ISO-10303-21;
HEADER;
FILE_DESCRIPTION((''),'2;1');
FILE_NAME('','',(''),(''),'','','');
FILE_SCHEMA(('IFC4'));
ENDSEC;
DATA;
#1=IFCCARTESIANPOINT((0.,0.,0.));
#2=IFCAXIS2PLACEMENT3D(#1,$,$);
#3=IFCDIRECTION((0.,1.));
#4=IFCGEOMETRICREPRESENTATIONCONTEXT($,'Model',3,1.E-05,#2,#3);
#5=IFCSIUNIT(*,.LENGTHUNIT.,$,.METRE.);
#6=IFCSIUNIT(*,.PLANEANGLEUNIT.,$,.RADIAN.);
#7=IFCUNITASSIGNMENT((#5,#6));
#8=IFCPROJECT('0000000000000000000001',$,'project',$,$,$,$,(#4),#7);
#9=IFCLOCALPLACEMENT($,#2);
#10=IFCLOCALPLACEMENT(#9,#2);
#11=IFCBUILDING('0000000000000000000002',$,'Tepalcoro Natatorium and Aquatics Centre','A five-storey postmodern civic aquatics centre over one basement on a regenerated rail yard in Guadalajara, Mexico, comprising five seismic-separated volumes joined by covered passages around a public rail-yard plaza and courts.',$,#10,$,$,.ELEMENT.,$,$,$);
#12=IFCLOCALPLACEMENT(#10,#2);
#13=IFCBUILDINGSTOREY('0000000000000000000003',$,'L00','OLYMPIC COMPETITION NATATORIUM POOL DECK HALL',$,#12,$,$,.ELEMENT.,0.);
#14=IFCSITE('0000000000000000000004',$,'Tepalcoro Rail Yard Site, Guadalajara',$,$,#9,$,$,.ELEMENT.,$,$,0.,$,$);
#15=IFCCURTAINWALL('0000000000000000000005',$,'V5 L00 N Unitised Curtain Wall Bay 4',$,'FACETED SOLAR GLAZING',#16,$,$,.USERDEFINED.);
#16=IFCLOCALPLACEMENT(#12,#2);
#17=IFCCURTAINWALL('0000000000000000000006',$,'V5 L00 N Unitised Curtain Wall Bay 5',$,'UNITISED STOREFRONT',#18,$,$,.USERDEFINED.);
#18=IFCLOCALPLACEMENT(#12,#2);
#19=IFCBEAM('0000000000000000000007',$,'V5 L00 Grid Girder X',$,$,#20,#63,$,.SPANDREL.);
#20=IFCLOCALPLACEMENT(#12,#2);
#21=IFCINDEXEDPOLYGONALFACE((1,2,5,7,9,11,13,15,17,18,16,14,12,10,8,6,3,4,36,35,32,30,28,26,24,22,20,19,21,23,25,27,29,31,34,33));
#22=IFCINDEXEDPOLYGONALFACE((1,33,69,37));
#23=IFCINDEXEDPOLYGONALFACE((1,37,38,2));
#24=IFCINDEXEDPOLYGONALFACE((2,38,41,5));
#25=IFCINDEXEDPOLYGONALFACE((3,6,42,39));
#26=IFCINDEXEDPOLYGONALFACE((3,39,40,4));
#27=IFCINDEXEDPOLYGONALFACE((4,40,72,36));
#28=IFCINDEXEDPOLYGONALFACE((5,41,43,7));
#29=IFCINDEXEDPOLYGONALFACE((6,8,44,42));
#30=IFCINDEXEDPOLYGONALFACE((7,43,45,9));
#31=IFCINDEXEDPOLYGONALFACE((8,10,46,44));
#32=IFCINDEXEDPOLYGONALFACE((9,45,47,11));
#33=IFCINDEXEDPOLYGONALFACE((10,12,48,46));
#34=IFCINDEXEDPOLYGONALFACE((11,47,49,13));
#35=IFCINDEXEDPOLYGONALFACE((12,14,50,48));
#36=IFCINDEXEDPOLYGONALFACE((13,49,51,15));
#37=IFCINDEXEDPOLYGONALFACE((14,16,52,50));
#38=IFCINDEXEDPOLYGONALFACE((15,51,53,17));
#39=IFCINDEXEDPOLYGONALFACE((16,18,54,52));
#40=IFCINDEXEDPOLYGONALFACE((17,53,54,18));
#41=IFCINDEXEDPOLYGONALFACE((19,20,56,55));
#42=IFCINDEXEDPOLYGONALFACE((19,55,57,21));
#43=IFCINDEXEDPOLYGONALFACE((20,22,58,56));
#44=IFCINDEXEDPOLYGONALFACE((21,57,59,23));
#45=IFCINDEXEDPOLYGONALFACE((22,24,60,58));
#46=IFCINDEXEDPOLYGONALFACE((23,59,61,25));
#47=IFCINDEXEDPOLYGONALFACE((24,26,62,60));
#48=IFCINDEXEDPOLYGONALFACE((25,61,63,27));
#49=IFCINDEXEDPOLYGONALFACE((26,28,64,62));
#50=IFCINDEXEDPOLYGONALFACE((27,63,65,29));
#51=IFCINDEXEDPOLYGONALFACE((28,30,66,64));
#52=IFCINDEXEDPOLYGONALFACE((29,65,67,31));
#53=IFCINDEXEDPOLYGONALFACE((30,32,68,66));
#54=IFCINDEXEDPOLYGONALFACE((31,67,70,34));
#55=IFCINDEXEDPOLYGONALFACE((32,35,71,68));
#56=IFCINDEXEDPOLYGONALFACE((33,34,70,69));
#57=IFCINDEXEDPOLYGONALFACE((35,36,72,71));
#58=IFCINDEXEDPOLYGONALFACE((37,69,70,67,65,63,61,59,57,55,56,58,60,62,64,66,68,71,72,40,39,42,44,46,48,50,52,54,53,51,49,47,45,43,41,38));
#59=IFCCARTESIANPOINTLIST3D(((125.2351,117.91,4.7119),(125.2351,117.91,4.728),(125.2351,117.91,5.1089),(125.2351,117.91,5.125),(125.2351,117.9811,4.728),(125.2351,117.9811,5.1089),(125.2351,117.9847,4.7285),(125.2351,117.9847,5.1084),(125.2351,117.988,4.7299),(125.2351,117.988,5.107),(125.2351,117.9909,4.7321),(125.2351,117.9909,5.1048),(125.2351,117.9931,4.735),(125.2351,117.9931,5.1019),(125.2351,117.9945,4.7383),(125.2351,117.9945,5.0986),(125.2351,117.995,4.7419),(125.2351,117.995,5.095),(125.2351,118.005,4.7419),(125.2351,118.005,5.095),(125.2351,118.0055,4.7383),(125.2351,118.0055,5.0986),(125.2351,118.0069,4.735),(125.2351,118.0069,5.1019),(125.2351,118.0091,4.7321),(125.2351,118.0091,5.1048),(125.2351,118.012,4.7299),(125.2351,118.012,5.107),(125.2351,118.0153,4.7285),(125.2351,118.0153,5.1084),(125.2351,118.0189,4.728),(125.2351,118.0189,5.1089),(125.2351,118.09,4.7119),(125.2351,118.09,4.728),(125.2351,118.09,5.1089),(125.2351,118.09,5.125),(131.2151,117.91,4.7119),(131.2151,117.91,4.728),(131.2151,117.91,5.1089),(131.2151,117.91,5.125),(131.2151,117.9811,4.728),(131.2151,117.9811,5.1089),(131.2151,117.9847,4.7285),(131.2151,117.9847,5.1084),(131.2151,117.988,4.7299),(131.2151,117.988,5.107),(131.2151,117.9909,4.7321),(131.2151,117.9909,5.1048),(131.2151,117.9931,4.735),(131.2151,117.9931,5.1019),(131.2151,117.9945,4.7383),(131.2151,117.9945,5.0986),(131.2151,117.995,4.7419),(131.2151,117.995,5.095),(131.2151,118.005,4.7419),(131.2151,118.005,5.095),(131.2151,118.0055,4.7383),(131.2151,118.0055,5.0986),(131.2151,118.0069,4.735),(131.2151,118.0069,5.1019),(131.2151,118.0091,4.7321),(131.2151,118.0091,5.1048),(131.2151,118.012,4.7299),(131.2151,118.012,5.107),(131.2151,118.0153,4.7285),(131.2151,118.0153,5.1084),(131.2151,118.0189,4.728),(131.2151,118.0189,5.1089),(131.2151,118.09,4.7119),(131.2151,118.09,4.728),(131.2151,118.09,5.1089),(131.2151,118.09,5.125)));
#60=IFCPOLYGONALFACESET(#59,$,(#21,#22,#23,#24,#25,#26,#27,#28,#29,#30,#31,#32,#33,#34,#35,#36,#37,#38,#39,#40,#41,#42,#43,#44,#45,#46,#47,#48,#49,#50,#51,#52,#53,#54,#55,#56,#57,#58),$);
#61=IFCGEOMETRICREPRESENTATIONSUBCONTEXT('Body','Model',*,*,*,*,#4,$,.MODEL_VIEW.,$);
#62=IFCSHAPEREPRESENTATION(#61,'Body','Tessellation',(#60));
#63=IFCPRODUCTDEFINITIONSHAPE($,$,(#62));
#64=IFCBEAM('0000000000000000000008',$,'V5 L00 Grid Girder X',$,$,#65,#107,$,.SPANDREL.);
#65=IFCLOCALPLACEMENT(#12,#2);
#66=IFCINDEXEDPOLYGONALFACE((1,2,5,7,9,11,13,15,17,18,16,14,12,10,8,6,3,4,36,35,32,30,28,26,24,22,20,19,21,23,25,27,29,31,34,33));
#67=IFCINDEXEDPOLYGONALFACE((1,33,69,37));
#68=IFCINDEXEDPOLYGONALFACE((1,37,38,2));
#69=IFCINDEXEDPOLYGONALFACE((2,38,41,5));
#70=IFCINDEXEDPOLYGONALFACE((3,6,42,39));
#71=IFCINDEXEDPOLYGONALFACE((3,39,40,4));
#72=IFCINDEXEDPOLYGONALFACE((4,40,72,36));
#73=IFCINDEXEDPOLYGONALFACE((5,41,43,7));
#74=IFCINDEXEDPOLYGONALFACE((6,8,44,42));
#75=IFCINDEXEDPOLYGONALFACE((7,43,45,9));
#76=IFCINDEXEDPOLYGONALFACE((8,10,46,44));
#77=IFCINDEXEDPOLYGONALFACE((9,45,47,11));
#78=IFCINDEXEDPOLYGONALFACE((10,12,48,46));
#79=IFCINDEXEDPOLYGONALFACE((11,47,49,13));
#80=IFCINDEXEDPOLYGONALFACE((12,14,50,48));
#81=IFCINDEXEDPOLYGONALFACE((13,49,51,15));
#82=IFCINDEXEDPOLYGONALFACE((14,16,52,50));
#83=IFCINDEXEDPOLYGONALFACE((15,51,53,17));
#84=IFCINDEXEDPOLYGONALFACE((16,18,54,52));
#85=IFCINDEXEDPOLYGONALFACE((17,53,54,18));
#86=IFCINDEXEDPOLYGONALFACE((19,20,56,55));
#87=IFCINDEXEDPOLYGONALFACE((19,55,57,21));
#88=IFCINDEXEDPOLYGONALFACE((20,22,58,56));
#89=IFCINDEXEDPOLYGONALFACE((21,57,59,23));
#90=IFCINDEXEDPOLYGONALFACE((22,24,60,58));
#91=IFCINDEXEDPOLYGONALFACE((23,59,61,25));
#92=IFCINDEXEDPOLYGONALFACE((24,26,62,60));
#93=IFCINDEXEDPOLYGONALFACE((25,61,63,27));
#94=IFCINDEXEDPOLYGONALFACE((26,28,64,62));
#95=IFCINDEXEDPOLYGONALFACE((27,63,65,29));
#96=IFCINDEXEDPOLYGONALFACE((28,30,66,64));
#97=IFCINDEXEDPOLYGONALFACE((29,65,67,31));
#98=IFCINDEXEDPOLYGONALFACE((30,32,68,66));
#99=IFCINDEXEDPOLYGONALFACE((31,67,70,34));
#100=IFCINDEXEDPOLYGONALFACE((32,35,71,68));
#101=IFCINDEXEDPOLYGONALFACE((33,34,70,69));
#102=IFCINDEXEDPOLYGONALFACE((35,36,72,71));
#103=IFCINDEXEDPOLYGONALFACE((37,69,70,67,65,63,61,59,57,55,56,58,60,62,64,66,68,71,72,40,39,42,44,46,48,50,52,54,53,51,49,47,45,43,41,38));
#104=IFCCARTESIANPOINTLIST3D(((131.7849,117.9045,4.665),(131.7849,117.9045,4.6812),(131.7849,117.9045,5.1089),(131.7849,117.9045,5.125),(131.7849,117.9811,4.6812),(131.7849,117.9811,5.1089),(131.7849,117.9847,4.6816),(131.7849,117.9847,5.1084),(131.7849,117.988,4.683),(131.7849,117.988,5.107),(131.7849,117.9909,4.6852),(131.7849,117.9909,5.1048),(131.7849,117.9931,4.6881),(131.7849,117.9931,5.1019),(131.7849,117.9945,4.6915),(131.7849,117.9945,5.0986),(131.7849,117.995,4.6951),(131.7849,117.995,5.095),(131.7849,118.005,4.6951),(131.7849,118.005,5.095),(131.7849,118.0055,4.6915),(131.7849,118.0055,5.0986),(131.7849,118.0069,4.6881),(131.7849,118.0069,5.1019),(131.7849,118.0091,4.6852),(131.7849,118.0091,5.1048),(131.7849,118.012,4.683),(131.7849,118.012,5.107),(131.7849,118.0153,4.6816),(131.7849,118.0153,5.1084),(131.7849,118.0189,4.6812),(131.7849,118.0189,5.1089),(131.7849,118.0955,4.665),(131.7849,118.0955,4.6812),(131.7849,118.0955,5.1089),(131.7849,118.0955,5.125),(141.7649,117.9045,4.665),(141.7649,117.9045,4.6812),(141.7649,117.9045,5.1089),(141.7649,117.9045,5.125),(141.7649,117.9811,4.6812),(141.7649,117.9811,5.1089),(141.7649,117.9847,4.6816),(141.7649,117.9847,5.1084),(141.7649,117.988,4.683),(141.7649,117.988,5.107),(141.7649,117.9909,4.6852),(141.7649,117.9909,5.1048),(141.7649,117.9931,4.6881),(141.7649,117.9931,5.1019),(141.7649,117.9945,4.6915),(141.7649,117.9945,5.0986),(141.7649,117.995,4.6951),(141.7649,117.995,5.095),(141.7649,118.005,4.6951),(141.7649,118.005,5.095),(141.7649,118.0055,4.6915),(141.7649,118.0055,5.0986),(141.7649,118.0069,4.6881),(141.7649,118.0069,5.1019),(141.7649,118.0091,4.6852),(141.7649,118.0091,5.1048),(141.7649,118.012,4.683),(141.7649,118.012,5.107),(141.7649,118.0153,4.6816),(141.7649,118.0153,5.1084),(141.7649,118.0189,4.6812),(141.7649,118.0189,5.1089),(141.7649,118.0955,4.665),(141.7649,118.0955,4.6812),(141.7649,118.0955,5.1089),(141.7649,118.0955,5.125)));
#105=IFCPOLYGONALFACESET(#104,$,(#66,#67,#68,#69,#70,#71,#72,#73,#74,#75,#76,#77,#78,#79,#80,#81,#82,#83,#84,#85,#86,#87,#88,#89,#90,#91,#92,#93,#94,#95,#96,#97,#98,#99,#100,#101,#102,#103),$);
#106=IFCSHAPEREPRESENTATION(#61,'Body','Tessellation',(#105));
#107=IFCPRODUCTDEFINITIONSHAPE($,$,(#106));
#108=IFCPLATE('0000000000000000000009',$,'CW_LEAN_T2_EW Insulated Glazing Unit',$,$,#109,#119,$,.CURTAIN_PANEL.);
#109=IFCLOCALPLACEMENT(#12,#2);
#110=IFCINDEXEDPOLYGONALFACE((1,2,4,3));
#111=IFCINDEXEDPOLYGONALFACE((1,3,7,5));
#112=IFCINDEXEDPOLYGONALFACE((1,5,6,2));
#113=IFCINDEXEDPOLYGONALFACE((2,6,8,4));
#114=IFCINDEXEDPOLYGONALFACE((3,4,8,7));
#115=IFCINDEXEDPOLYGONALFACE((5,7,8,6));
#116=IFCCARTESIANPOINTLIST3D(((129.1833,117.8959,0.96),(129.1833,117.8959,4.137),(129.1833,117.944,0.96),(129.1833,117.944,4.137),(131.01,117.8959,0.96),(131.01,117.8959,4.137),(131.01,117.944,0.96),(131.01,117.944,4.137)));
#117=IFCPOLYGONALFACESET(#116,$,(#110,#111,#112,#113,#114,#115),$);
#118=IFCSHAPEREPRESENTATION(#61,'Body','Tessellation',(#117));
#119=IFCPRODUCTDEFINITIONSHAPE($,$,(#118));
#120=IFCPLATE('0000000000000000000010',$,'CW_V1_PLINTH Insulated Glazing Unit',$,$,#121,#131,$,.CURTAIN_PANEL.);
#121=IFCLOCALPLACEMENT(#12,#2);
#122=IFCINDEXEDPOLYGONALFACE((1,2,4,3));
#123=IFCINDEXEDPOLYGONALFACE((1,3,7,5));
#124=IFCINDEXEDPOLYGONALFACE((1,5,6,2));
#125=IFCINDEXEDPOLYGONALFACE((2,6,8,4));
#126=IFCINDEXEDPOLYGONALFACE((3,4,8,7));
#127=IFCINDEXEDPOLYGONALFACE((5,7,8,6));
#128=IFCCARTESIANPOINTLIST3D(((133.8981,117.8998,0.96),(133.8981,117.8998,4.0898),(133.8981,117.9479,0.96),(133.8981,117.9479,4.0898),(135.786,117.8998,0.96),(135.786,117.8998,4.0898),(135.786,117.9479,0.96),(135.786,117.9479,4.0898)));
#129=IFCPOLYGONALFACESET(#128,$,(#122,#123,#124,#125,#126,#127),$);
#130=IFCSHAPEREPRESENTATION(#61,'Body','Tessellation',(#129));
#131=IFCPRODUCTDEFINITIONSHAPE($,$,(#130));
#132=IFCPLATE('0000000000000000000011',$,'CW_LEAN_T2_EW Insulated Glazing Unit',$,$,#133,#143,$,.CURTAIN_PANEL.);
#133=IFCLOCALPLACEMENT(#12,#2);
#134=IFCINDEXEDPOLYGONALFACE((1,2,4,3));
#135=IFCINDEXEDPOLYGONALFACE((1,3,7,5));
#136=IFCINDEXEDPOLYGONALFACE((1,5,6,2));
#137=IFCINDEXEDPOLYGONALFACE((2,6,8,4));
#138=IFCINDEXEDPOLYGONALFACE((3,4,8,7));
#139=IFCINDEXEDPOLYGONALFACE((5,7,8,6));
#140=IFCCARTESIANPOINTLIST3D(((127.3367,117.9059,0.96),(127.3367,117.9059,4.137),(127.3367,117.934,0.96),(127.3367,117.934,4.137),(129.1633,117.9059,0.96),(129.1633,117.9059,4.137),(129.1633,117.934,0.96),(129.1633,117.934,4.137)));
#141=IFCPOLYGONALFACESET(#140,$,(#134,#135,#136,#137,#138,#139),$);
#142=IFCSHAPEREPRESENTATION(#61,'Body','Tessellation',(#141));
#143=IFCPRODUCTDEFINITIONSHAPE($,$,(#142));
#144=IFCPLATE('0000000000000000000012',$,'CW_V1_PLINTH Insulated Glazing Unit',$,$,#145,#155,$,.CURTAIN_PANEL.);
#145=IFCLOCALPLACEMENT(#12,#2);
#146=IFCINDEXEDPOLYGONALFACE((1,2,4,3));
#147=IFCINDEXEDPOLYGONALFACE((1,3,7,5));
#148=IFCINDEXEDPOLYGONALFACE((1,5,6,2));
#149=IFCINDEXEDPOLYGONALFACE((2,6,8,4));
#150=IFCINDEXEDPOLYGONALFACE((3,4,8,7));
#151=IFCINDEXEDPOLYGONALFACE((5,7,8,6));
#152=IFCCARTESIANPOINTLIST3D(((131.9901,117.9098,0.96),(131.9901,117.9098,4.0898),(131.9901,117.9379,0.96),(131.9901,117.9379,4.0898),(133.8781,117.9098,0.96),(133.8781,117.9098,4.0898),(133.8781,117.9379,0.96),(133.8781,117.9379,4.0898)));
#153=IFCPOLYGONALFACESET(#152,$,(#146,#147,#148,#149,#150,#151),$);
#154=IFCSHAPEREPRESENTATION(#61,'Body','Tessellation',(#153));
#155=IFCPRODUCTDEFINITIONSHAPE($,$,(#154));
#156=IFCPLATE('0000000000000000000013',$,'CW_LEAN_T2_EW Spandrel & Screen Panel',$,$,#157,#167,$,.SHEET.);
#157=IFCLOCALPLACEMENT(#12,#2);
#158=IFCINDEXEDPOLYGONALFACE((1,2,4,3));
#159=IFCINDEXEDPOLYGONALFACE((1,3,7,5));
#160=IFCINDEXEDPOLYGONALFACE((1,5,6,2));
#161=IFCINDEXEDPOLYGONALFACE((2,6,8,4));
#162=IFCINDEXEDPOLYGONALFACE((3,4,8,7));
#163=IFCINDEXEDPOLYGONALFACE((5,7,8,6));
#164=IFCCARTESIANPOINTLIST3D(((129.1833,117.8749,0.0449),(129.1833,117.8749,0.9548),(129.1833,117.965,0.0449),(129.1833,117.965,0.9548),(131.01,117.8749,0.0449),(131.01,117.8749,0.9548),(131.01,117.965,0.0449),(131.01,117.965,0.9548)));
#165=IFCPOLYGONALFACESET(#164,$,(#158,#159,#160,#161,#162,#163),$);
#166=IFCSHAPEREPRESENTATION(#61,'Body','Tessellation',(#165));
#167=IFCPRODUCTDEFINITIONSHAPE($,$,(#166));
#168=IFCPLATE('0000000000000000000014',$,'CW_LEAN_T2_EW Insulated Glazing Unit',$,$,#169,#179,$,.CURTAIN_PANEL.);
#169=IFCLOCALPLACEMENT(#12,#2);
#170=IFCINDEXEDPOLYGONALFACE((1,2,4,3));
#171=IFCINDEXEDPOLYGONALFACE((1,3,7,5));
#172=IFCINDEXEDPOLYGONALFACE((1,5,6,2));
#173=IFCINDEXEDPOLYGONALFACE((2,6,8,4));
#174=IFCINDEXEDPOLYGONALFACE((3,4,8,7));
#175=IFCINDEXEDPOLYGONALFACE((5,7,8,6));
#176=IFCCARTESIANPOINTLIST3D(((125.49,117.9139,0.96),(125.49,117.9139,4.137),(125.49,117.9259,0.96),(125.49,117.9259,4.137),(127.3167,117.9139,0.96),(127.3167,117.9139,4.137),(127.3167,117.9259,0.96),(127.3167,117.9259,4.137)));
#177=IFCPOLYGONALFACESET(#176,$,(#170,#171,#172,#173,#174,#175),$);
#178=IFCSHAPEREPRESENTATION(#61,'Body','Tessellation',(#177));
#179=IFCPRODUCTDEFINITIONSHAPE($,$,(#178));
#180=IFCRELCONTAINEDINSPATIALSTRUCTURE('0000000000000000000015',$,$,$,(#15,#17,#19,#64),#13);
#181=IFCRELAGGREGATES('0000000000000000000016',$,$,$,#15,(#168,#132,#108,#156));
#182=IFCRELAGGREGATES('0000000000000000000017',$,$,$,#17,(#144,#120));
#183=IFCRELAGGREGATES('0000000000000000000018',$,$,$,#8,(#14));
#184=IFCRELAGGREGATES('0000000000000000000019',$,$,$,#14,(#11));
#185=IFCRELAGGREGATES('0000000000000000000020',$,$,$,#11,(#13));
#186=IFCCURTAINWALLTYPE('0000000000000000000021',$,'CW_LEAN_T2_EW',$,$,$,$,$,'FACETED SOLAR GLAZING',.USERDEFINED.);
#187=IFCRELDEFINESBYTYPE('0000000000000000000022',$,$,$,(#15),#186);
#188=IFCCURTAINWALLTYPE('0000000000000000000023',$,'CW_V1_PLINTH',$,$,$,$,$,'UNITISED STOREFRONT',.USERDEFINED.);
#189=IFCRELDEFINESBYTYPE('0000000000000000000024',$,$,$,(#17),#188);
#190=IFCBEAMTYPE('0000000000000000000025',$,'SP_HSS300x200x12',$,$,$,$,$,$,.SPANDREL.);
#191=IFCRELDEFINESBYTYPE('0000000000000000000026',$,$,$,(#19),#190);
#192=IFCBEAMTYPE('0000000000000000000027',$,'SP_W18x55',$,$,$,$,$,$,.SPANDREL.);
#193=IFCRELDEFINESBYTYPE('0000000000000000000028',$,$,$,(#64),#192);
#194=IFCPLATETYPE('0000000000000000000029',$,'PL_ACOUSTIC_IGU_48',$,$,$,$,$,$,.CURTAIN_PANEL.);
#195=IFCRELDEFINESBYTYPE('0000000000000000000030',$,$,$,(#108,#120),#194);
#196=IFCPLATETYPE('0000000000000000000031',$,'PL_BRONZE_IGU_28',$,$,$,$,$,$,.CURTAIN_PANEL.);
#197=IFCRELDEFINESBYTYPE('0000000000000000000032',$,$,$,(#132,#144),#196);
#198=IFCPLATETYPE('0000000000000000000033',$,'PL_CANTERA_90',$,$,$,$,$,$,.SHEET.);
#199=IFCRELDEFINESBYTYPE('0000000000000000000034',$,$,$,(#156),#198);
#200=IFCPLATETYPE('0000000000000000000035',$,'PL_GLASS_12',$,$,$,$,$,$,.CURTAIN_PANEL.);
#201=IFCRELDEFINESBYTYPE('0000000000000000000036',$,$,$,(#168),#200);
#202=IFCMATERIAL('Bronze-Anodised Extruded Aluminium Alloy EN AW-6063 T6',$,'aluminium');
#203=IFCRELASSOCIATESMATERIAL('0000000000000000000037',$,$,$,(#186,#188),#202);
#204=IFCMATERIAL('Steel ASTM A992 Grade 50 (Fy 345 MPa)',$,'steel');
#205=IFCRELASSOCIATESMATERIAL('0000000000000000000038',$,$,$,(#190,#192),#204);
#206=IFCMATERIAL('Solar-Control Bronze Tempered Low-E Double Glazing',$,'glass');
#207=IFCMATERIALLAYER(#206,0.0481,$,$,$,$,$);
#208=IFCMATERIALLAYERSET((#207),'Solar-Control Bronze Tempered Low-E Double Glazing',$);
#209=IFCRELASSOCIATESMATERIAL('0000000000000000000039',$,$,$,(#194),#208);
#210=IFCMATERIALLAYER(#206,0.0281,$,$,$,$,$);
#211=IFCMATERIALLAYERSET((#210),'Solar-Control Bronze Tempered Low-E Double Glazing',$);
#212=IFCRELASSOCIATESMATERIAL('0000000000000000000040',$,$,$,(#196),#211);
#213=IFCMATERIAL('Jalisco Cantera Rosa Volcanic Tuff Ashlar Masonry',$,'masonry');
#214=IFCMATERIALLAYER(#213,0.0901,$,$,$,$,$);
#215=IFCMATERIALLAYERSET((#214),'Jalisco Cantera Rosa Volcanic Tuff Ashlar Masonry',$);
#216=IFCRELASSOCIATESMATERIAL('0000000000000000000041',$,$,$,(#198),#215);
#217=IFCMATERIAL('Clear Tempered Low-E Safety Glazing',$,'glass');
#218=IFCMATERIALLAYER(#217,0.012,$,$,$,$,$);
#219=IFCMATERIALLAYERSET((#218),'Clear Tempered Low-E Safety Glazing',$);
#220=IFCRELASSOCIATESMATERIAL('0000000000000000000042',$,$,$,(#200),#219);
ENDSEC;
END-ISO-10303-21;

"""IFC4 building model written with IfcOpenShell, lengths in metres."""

from ifc_helpers import new_model, si_unit, direction, frame, origin, origin_2d, place, context, subcontext, project, spatial, rectangle, i_section, extrude, material, layer, layer_set, material_profile, profile_set, type_object, element, aggregate, save


model = new_model("IFC4")

# Units and contexts
model_context = context("Model", 3, precision=1e-05, world=origin(), true_north=direction((0.0, 1.0)))
body_context = subcontext(model_context, "Body", "Model", "MODEL_VIEW")
ifc_project = project(units=[si_unit("LENGTHUNIT", "METRE"), si_unit("PLANEANGLEUNIT", "RADIAN")], contexts=[model_context])

# Site, building, storey
site_placement = place(None, origin())
site = spatial("IfcSite", under=ifc_project, at=site_placement, Name="Tepalcoro Rail Yard Site, Guadalajara", CompositionType="ELEMENT", RefElevation=0.0)
building_placement = place(site_placement, origin())
building = spatial("IfcBuilding", under=site, at=building_placement, Name="Tepalcoro Natatorium and Aquatics Centre", Description="A five-storey postmodern civic aquatics centre over one basement on a regenerated rail yard in Guadalajara, Mexico, comprising five seismic-separated volumes joined by covered passages around a public rail-yard plaza and courts.", CompositionType="ELEMENT")
storey_placement = place(building_placement, origin())
storey = spatial("IfcBuildingStorey", under=building, at=storey_placement, Name="L00", Description="OLYMPIC COMPETITION NATATORIUM POOL DECK HALL", CompositionType="ELEMENT", Elevation=0.0)

# Curtain walls
ifc_material_1 = material(Name="Bronze-Anodised Extruded Aluminium Alloy EN AW-6063 T6", Category="aluminium")
curtain_wall_type_1 = type_object("IfcCurtainWallType", Name="CW_LEAN_T2_EW", ElementType="FACETED SOLAR GLAZING", PredefinedType="USERDEFINED", material=ifc_material_1)
curtain_wall_1_placement = place(storey_placement, origin())
curtain_wall_1 = element("IfcCurtainWall", 1, at=curtain_wall_1_placement, inside=storey, type_object=curtain_wall_type_1, Name="V5 L00 N Unitised Curtain Wall Bay 4", ObjectType="FACETED SOLAR GLAZING", PredefinedType="USERDEFINED")
curtain_wall_type_2 = type_object("IfcCurtainWallType", Name="CW_V1_PLINTH", ElementType="UNITISED STOREFRONT", PredefinedType="USERDEFINED", material=ifc_material_1)
curtain_wall_2_placement = place(storey_placement, origin())
curtain_wall_2 = element("IfcCurtainWall", 2, at=curtain_wall_2_placement, inside=storey, type_object=curtain_wall_type_2, Name="V5 L00 N Unitised Curtain Wall Bay 5", ObjectType="UNITISED STOREFRONT", PredefinedType="USERDEFINED")

# Beams
ifc_material_2 = material(Name="Steel ASTM A992 Grade 50 (Fy 345 MPa)", Category="steel")
ifc_material_profile_1 = material_profile(ifc_material_2, i_section(OverallWidth=0.1799, OverallDepth=0.4131, WebThickness=0.01, FlangeThickness=0.0161, FilletRadius=0.0139, at=origin_2d()), Name="W16X50")
ifc_profile_set_1 = profile_set([ifc_material_profile_1], Name="Steel ASTM A992 Grade 50 (Fy 345 MPa)")
beam_type_1 = type_object("IfcBeamType", Name="SP_HSS300x200x12", PredefinedType="SPANDREL", material=ifc_profile_set_1)
beam_1_placement = place(storey_placement, frame((125.2351, 118.0, 4.9185), z_axis=(1.0, 0.0, 0.0), x_axis=(0.0, 1.0, 0.0)))
element("IfcBeam", 3, at=beam_1_placement, inside=storey, type_object=beam_type_1, Name="V5 L00 Grid Girder X", PredefinedType="SPANDREL", context=body_context, shape_type="SweptSolid", body=[
    extrude(i_section(OverallWidth=0.1799, OverallDepth=0.4131, WebThickness=0.01, FlangeThickness=0.0161, FilletRadius=0.0139, at=origin_2d()), origin(), (0.0, 0.0, 1.0), 5.98),
])
ifc_material_profile_2 = material_profile(ifc_material_2, i_section(OverallWidth=0.1909, OverallDepth=0.46, WebThickness=0.01, FlangeThickness=0.0161, FilletRadius=0.0139, at=origin_2d()), Name="W18X55")
ifc_profile_set_2 = profile_set([ifc_material_profile_2], Name="Steel ASTM A992 Grade 50 (Fy 345 MPa)")
beam_type_2 = type_object("IfcBeamType", Name="SP_W18x55", PredefinedType="SPANDREL", material=ifc_profile_set_2)
beam_2_placement = place(storey_placement, frame((131.7849, 118.0, 4.895), z_axis=(1.0, 0.0, 0.0), x_axis=(0.0, 1.0, 0.0)))
element("IfcBeam", 4, at=beam_2_placement, inside=storey, type_object=beam_type_2, Name="V5 L00 Grid Girder X", PredefinedType="SPANDREL", context=body_context, shape_type="SweptSolid", body=[
    extrude(i_section(OverallWidth=0.1909, OverallDepth=0.46, WebThickness=0.01, FlangeThickness=0.0161, FilletRadius=0.0139, at=origin_2d()), origin(), (0.0, 0.0, 1.0), 9.98),
])

# Plates
ifc_material_3 = material(Name="Solar-Control Bronze Tempered Low-E Double Glazing", Category="glass")
ifc_layer_1 = layer(ifc_material_3, 0.0481)
ifc_layer_set_1 = layer_set([ifc_layer_1], Name="Solar-Control Bronze Tempered Low-E Double Glazing")
plate_type_1 = type_object("IfcPlateType", Name="PL_ACOUSTIC_IGU_48", PredefinedType="CURTAIN_PANEL", material=ifc_layer_set_1)
plate_1_placement = place(storey_placement, frame((130.0967, 117.9199, 0.96), z_axis=(0.0, 0.0, 1.0), x_axis=(1.0, 0.0, 0.0)))
plate_1 = element("IfcPlate", 5, at=plate_1_placement, type_object=plate_type_1, Name="CW_LEAN_T2_EW Insulated Glazing Unit", PredefinedType="CURTAIN_PANEL", context=body_context, shape_type="SweptSolid", body=[
    extrude(rectangle(XDim=1.8267, YDim=0.0481, at=origin_2d()), origin(), (0.0, 0.0, 1.0), 3.177),
])
plate_2_placement = place(storey_placement, frame((134.842, 117.9238, 0.96), z_axis=(0.0, 0.0, 1.0), x_axis=(1.0, 0.0, 0.0)))
plate_2 = element("IfcPlate", 6, at=plate_2_placement, type_object=plate_type_1, Name="CW_V1_PLINTH Insulated Glazing Unit", PredefinedType="CURTAIN_PANEL", context=body_context, shape_type="SweptSolid", body=[
    extrude(rectangle(XDim=1.8879, YDim=0.0481, at=origin_2d()), origin(), (0.0, 0.0, 1.0), 3.1299),
])
ifc_layer_2 = layer(ifc_material_3, 0.0281)
ifc_layer_set_2 = layer_set([ifc_layer_2], Name="Solar-Control Bronze Tempered Low-E Double Glazing")
plate_type_2 = type_object("IfcPlateType", Name="PL_BRONZE_IGU_28", PredefinedType="CURTAIN_PANEL", material=ifc_layer_set_2)
plate_3_placement = place(storey_placement, frame((128.25, 117.9199, 0.96), z_axis=(0.0, 0.0, 1.0), x_axis=(1.0, 0.0, 0.0)))
plate_3 = element("IfcPlate", 7, at=plate_3_placement, type_object=plate_type_2, Name="CW_LEAN_T2_EW Insulated Glazing Unit", PredefinedType="CURTAIN_PANEL", context=body_context, shape_type="SweptSolid", body=[
    extrude(rectangle(XDim=1.8267, YDim=0.0281, at=origin_2d()), origin(), (0.0, 0.0, 1.0), 3.177),
])
plate_4_placement = place(storey_placement, frame((132.9341, 117.9238, 0.96), z_axis=(0.0, 0.0, 1.0), x_axis=(1.0, 0.0, 0.0)))
plate_4 = element("IfcPlate", 8, at=plate_4_placement, type_object=plate_type_2, Name="CW_V1_PLINTH Insulated Glazing Unit", PredefinedType="CURTAIN_PANEL", context=body_context, shape_type="SweptSolid", body=[
    extrude(rectangle(XDim=1.8879, YDim=0.0281, at=origin_2d()), origin(), (0.0, 0.0, 1.0), 3.1299),
])
ifc_material_4 = material(Name="Jalisco Cantera Rosa Volcanic Tuff Ashlar Masonry", Category="masonry")
ifc_layer_3 = layer(ifc_material_4, 0.0901)
ifc_layer_set_3 = layer_set([ifc_layer_3], Name="Jalisco Cantera Rosa Volcanic Tuff Ashlar Masonry")
plate_type_3 = type_object("IfcPlateType", Name="PL_CANTERA_90", PredefinedType="SHEET", material=ifc_layer_set_3)
plate_5_placement = place(storey_placement, frame((130.0967, 117.9199, 0.0449), z_axis=(0.0, 0.0, 1.0), x_axis=(1.0, 0.0, 0.0)))
plate_5 = element("IfcPlate", 9, at=plate_5_placement, type_object=plate_type_3, Name="CW_LEAN_T2_EW Spandrel & Screen Panel", PredefinedType="SHEET", context=body_context, shape_type="SweptSolid", body=[
    extrude(rectangle(XDim=1.8267, YDim=0.0901, at=origin_2d()), origin(), (0.0, 0.0, 1.0), 0.9099),
])
ifc_material_5 = material(Name="Clear Tempered Low-E Safety Glazing", Category="glass")
ifc_layer_4 = layer(ifc_material_5, 0.012)
ifc_layer_set_4 = layer_set([ifc_layer_4], Name="Clear Tempered Low-E Safety Glazing")
plate_type_4 = type_object("IfcPlateType", Name="PL_GLASS_12", PredefinedType="CURTAIN_PANEL", material=ifc_layer_set_4)
plate_6_placement = place(storey_placement, frame((126.4033, 117.9199, 0.96), z_axis=(0.0, 0.0, 1.0), x_axis=(1.0, 0.0, 0.0)))
plate_6 = element("IfcPlate", 10, at=plate_6_placement, type_object=plate_type_4, Name="CW_LEAN_T2_EW Insulated Glazing Unit", PredefinedType="CURTAIN_PANEL", context=body_context, shape_type="SweptSolid", body=[
    extrude(rectangle(XDim=1.8267, YDim=0.012, at=origin_2d()), origin(), (0.0, 0.0, 1.0), 3.177),
])
aggregate(curtain_wall_1, [plate_6, plate_3, plate_1, plate_5])
aggregate(curtain_wall_2, [plate_4, plate_2])

save(model, "model.ifc")
